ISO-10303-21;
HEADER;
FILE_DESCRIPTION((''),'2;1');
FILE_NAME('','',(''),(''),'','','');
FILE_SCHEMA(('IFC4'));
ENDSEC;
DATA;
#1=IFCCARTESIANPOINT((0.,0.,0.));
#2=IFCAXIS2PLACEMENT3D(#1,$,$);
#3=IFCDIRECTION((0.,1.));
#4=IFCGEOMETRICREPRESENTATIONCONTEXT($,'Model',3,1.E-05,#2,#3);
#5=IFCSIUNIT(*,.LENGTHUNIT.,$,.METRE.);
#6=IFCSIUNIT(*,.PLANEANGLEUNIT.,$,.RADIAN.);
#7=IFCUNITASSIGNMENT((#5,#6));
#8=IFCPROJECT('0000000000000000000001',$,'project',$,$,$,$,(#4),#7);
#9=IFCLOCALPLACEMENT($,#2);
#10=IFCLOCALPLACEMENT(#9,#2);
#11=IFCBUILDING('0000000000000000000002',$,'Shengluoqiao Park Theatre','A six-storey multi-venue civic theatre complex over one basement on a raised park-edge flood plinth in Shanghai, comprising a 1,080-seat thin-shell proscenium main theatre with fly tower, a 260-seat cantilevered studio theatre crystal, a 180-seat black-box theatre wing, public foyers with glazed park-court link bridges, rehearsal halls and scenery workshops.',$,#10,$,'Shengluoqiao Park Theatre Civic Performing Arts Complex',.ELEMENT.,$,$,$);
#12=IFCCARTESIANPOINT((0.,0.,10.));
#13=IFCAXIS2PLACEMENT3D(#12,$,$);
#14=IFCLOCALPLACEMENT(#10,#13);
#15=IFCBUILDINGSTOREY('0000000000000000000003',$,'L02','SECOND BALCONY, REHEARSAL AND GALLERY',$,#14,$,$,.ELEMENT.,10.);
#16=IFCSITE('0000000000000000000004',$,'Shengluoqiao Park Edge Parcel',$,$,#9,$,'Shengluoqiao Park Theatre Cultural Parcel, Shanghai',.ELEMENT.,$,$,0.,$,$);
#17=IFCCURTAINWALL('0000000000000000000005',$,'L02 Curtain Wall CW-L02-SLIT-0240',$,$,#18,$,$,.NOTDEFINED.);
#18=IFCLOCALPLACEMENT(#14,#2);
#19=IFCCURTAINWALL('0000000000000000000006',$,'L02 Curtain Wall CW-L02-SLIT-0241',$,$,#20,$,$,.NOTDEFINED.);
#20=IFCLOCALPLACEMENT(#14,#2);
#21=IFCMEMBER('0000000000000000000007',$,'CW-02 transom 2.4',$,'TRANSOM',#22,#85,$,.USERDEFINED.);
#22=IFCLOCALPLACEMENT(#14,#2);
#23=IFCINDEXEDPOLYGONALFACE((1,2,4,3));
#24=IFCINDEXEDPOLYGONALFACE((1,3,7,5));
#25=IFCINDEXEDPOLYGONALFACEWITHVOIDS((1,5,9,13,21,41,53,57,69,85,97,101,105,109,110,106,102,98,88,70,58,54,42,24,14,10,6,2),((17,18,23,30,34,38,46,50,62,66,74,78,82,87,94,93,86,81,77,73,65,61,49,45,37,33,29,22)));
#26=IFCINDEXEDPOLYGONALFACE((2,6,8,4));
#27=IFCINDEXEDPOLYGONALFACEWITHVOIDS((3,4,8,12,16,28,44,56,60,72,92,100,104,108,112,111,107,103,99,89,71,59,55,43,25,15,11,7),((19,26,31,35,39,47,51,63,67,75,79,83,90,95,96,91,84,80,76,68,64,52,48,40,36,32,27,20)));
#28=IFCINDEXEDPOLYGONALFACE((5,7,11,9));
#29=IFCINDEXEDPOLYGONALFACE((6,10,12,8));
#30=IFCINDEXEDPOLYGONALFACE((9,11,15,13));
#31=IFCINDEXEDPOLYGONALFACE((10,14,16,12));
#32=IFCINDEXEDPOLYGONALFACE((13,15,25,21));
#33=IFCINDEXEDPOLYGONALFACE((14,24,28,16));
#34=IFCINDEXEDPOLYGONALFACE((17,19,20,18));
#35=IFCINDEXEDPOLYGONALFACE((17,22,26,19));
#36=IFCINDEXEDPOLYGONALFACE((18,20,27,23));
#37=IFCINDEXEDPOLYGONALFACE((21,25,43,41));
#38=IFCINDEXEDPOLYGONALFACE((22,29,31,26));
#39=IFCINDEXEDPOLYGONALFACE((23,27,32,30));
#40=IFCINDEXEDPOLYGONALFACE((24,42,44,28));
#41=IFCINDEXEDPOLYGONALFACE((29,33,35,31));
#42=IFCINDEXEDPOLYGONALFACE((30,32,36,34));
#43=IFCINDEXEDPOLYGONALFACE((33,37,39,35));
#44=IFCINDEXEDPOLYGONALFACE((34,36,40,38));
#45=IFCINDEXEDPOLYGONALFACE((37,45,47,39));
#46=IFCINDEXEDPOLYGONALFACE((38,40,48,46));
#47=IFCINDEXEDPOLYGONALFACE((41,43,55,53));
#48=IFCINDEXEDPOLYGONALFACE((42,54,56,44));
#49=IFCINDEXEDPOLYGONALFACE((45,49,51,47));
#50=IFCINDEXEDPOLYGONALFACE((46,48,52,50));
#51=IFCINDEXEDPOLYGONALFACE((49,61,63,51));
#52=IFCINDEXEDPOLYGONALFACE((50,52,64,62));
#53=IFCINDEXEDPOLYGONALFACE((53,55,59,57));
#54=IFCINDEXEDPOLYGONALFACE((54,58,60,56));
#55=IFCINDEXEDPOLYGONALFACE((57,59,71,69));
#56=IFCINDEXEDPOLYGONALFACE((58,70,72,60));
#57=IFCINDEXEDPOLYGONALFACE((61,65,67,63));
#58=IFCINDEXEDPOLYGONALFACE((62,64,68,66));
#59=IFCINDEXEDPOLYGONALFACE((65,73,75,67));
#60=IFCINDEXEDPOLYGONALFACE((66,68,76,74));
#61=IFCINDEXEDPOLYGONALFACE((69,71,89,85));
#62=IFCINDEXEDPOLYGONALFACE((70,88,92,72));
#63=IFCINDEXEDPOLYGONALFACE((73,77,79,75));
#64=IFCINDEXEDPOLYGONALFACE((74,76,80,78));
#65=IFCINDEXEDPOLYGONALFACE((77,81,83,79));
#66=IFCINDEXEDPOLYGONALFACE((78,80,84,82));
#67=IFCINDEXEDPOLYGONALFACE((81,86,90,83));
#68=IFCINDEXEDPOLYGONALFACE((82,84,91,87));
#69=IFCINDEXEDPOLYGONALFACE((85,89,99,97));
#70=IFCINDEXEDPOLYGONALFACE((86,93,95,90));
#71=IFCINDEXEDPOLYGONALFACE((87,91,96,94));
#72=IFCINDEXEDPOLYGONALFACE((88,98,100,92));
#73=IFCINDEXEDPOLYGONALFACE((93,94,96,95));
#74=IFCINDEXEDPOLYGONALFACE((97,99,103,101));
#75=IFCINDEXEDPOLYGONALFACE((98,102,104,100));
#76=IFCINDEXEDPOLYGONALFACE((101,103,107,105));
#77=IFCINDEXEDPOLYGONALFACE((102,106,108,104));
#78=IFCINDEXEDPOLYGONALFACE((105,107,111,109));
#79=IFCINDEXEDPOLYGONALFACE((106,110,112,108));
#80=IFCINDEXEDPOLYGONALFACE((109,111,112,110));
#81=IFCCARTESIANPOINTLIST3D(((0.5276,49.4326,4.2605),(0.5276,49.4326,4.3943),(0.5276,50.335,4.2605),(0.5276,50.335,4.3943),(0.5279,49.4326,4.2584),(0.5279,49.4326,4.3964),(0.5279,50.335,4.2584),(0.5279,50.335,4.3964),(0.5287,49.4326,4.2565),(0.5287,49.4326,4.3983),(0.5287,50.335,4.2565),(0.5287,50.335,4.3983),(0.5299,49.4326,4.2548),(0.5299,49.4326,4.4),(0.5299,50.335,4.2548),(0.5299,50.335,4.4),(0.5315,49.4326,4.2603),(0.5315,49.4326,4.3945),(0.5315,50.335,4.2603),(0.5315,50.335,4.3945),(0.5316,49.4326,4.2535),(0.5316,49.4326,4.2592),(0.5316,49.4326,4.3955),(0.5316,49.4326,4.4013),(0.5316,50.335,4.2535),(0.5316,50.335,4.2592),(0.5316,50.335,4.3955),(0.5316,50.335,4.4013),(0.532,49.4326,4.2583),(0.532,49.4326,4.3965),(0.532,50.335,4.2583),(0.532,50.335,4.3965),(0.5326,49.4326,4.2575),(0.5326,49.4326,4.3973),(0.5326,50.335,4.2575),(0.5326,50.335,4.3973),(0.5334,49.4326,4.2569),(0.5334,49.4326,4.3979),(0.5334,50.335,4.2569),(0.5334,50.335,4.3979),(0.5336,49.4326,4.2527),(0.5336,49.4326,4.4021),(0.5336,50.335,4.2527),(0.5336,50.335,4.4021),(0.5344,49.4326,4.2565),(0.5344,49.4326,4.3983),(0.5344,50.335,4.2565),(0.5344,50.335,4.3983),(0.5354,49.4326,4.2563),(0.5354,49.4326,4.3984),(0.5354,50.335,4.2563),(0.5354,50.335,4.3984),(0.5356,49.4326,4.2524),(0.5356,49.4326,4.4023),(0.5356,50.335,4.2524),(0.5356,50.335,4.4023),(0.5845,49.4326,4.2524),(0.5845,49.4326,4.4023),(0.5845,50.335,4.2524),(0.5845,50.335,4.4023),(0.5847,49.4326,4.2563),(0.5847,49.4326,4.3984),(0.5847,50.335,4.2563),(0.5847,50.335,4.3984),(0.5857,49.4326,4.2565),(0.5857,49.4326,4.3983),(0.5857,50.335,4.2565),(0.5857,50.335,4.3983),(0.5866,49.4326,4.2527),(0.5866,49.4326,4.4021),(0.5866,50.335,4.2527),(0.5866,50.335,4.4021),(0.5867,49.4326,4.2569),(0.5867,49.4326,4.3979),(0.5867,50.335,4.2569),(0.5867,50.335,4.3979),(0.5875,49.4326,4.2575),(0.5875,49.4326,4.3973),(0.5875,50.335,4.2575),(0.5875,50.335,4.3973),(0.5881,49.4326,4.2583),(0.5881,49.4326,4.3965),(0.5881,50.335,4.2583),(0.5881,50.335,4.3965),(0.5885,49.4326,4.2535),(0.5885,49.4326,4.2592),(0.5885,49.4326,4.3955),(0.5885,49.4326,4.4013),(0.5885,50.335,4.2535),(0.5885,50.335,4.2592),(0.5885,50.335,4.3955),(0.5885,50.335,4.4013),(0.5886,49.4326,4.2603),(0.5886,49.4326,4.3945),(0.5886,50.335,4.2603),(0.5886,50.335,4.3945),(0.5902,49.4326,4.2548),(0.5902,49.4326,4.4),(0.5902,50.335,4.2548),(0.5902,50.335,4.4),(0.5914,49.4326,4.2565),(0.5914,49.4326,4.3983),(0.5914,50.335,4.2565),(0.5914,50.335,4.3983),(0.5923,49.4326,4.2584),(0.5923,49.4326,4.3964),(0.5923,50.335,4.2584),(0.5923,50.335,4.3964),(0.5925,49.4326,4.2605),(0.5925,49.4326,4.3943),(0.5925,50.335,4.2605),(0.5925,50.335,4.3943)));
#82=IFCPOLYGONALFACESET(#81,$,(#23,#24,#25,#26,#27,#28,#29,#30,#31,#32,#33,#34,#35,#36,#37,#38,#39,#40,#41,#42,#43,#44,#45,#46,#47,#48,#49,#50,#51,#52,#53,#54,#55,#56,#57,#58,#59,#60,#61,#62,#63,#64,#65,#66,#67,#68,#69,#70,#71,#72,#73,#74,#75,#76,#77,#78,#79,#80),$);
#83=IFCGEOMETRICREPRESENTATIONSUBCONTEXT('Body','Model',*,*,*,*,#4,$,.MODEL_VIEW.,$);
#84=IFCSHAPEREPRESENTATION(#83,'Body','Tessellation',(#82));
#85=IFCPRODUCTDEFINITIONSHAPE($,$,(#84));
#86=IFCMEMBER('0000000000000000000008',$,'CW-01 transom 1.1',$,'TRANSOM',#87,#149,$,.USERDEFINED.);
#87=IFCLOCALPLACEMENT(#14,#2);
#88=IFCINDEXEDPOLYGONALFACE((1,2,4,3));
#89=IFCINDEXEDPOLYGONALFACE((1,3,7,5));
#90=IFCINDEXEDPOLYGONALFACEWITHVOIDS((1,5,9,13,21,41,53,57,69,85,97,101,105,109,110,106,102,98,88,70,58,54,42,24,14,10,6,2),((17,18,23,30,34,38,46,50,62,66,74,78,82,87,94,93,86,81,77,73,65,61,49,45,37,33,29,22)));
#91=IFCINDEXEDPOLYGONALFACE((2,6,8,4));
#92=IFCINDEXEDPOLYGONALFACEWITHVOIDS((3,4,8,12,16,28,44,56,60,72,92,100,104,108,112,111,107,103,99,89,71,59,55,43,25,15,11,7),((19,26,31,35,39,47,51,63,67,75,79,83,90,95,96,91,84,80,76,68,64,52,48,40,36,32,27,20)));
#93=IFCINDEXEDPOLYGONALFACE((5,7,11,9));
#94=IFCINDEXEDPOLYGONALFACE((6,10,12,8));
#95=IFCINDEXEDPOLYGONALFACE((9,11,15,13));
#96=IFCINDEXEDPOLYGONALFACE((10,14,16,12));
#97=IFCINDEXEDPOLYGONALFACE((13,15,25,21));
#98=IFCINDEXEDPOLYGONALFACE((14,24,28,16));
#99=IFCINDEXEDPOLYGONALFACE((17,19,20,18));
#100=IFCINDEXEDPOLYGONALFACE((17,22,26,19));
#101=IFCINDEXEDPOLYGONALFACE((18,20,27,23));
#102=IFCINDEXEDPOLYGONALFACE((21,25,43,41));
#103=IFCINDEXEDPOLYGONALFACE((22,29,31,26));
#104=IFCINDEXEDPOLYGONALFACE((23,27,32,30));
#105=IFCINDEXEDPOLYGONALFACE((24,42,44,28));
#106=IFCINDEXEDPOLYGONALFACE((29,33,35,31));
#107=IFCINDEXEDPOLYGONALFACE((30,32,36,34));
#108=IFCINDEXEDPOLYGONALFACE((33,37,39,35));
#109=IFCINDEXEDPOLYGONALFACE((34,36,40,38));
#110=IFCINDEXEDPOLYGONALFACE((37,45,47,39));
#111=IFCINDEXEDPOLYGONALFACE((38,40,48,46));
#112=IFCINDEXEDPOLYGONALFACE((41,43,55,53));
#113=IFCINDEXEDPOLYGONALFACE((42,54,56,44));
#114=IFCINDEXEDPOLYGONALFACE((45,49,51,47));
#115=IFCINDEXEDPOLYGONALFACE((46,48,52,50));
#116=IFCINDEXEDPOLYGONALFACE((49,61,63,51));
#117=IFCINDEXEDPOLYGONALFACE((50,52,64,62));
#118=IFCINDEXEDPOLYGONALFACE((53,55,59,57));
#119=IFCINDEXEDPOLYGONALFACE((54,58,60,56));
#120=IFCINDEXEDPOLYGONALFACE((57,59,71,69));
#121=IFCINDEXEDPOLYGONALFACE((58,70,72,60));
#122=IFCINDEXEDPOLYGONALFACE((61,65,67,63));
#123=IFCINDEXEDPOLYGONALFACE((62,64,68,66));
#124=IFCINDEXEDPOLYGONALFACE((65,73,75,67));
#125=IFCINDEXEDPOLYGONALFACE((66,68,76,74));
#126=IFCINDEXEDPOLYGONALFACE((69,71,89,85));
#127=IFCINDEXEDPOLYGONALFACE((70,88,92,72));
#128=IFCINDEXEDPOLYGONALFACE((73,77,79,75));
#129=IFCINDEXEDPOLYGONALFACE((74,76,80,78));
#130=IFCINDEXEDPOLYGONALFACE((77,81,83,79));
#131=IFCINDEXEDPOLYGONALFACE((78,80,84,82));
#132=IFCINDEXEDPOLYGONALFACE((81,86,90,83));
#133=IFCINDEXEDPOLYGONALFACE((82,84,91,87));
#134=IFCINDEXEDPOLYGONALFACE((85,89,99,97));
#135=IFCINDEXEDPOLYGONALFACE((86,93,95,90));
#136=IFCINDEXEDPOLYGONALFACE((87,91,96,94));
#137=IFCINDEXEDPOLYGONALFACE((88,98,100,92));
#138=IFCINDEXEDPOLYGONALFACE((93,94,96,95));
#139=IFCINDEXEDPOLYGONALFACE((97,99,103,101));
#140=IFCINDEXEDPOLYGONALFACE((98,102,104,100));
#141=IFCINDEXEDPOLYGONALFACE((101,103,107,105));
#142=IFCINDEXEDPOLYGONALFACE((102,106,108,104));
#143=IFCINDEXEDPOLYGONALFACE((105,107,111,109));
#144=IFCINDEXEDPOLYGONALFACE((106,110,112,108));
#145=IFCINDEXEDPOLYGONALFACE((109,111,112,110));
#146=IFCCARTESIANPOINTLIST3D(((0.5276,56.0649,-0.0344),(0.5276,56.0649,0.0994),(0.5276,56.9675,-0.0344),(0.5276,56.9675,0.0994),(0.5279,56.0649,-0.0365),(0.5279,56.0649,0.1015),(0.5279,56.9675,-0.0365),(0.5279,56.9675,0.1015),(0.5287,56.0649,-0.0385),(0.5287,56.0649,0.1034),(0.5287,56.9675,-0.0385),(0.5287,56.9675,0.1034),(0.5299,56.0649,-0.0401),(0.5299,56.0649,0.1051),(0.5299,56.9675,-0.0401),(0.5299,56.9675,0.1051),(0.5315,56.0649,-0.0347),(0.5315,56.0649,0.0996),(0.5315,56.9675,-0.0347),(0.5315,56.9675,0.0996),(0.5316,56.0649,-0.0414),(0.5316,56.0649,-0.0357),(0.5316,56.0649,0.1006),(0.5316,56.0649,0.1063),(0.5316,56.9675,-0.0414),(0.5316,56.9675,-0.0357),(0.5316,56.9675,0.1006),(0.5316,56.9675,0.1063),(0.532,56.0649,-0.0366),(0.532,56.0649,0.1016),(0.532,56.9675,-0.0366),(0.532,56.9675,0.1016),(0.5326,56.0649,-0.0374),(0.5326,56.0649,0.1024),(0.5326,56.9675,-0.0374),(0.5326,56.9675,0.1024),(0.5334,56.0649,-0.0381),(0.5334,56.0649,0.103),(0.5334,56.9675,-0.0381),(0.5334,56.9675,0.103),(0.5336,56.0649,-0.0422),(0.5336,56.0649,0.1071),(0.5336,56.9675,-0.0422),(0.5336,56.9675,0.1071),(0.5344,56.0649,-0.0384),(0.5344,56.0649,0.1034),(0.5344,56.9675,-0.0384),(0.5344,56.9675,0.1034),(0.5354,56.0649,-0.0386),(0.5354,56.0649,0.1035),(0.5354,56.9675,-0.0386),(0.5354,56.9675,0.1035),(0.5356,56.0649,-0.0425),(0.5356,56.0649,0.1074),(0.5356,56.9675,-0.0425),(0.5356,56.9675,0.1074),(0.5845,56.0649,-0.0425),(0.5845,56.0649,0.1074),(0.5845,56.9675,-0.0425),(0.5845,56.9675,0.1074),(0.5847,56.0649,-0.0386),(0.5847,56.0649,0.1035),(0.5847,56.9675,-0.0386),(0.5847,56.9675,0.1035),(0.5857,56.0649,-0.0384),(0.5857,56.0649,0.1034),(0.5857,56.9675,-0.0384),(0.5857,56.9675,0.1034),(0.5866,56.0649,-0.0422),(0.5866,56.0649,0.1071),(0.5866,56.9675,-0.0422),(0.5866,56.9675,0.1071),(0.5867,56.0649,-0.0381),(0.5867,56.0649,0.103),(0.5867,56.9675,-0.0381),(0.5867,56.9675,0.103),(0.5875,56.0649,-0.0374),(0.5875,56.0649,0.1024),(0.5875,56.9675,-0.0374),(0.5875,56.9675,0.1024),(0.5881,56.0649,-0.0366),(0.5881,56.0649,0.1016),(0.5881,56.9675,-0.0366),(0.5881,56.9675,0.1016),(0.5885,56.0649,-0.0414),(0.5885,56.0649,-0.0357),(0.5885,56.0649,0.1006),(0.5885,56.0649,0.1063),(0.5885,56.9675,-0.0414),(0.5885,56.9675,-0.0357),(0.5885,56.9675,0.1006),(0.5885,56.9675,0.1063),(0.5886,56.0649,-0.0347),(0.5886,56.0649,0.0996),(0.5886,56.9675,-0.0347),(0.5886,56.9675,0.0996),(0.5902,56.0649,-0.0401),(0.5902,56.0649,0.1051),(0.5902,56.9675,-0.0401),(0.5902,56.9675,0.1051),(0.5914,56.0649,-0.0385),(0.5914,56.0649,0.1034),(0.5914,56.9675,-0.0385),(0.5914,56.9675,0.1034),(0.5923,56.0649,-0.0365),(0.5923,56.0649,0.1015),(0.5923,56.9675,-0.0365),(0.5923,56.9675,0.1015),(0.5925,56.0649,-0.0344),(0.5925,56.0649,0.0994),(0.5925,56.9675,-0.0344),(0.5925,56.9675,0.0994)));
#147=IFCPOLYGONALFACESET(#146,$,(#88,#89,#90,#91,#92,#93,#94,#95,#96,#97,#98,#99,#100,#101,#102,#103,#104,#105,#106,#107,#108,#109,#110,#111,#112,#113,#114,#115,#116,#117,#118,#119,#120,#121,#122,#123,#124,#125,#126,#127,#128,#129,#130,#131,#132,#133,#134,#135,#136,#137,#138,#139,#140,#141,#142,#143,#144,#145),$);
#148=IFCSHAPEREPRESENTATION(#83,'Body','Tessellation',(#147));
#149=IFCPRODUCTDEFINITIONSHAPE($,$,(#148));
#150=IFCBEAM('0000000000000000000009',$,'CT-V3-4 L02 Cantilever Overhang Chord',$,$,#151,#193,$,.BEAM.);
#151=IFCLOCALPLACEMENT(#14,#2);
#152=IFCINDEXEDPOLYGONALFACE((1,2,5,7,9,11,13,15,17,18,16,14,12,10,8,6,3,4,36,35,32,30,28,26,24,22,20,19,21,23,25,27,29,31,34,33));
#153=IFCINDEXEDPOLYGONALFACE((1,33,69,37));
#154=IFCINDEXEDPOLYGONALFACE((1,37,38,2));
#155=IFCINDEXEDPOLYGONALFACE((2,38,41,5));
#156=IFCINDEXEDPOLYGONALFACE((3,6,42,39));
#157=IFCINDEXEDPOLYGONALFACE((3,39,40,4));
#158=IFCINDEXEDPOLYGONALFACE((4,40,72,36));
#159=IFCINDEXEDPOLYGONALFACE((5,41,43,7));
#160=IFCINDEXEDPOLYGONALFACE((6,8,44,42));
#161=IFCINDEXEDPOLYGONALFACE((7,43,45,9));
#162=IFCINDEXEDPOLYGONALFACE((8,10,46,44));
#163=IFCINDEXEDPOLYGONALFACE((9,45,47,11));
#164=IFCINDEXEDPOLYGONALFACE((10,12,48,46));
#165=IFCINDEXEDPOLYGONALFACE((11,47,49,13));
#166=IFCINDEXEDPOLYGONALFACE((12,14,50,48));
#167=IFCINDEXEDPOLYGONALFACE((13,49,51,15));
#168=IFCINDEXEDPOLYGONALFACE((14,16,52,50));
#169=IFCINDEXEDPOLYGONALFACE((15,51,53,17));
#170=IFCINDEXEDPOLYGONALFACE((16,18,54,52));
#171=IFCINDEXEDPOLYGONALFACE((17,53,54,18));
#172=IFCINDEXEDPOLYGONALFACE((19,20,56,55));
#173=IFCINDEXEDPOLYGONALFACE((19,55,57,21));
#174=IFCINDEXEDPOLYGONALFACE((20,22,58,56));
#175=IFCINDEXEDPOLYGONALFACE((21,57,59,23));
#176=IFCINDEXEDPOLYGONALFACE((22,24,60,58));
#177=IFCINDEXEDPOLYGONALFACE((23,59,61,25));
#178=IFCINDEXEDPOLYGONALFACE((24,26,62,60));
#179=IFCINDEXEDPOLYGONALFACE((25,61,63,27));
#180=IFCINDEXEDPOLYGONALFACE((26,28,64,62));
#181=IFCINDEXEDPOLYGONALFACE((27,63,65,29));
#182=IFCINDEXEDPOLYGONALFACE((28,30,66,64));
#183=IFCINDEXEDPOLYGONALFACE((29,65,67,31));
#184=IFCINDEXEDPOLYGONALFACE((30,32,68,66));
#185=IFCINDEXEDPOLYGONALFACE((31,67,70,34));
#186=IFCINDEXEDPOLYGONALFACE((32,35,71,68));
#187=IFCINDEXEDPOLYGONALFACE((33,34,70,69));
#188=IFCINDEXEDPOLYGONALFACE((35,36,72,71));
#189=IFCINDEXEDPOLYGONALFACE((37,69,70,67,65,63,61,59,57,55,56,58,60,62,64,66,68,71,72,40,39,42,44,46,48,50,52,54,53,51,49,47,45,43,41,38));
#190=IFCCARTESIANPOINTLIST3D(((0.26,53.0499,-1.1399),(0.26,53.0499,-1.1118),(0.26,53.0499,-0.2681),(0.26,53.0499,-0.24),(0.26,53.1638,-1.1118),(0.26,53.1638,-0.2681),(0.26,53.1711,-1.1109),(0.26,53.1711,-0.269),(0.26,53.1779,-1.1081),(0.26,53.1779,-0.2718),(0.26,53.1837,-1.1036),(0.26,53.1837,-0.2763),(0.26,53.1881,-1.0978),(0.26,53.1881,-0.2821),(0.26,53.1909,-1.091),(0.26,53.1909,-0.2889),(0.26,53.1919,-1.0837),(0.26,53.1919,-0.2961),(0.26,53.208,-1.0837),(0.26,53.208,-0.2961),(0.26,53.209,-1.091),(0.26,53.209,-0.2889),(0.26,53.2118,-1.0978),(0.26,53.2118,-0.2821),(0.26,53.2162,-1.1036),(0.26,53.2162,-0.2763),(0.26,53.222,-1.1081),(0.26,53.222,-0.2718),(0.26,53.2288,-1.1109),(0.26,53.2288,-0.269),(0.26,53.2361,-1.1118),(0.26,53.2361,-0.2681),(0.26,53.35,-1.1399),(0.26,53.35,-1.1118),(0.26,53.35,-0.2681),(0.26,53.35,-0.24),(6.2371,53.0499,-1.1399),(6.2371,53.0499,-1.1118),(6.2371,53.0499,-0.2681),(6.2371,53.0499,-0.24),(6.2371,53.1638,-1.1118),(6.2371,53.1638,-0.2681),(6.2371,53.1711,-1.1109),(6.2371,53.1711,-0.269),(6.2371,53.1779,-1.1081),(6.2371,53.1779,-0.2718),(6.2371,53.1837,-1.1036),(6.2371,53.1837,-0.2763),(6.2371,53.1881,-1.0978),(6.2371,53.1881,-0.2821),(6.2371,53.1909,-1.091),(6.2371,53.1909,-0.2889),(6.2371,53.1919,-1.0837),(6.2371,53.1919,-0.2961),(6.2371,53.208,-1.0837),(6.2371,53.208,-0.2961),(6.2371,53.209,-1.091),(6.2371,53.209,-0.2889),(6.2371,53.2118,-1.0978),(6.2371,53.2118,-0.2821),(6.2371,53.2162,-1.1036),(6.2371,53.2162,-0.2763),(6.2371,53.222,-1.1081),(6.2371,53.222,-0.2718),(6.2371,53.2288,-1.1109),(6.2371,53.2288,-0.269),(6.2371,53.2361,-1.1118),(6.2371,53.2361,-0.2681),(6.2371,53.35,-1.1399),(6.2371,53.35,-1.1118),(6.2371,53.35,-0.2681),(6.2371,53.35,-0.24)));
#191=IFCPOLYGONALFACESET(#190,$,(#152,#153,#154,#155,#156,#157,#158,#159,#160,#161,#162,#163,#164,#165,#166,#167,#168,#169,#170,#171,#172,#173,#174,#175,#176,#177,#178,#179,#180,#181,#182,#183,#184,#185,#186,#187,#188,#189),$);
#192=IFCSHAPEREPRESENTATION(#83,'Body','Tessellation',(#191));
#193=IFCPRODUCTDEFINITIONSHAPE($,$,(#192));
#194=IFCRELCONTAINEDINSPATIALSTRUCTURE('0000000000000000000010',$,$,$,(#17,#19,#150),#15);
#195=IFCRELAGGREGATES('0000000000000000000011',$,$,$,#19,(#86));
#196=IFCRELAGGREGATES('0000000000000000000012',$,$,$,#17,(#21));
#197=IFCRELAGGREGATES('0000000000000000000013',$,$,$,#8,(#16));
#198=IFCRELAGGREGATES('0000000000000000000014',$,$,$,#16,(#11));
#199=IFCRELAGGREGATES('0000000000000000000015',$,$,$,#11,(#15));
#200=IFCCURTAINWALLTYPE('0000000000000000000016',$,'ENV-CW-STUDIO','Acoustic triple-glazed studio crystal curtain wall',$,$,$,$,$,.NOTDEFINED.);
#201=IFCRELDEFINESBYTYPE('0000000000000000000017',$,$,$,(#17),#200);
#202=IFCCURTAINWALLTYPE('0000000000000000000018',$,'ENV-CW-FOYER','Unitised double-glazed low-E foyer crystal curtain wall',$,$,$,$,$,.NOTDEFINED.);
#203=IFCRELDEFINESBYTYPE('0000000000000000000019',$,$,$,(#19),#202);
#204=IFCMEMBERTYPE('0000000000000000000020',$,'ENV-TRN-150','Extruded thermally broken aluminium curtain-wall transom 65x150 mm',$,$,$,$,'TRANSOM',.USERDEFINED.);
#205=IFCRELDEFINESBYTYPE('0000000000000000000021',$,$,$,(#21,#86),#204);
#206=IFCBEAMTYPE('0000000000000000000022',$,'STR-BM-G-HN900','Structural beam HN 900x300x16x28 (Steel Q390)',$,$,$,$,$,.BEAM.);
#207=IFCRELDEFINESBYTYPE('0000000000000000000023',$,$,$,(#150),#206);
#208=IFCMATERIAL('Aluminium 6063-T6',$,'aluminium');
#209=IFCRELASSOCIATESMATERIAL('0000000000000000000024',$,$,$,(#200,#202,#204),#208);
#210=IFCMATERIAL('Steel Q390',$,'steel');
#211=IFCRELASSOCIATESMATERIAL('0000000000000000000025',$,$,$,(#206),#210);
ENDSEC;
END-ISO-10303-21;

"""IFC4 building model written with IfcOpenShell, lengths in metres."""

from ifc_helpers import new_model, si_unit, direction, frame, origin, origin_2d, place, context, subcontext, project, spatial, hollow_rectangle, i_section, extrude, material, material_profile, profile_set, type_object, element, aggregate, save


model = new_model("IFC4")

# Units and contexts
model_context = context("Model", 3, precision=1e-05, world=origin(), true_north=direction((0.0, 1.0)))
body_context = subcontext(model_context, "Body", "Model", "MODEL_VIEW")
ifc_project = project(units=[si_unit("LENGTHUNIT", "METRE"), si_unit("PLANEANGLEUNIT", "RADIAN")], contexts=[model_context])

# Site, building, storey
site_placement = place(None, origin())
site = spatial("IfcSite", under=ifc_project, at=site_placement, Name="Shengluoqiao Park Edge Parcel", LongName="Shengluoqiao Park Theatre Cultural Parcel, Shanghai", CompositionType="ELEMENT", RefElevation=0.0)
building_placement = place(site_placement, origin())
building = spatial("IfcBuilding", under=site, at=building_placement, Name="Shengluoqiao Park Theatre", Description="A six-storey multi-venue civic theatre complex over one basement on a raised park-edge flood plinth in Shanghai, comprising a 1,080-seat thin-shell proscenium main theatre with fly tower, a 260-seat cantilevered studio theatre crystal, a 180-seat black-box theatre wing, public foyers with glazed park-court link bridges, rehearsal halls and scenery workshops.", LongName="Shengluoqiao Park Theatre Civic Performing Arts Complex", CompositionType="ELEMENT")
storey_placement = place(building_placement, frame((0.0, 0.0, 10.0)))
storey = spatial("IfcBuildingStorey", under=building, at=storey_placement, Name="L02", Description="SECOND BALCONY, REHEARSAL AND GALLERY", CompositionType="ELEMENT", Elevation=10.0)

# Curtain wall
ifc_material_1 = material(Name="Aluminium 6063-T6", Category="aluminium")
curtain_wall_type_1 = type_object("IfcCurtainWallType", Name="ENV-CW-STUDIO", Description="Acoustic triple-glazed studio crystal curtain wall", PredefinedType="NOTDEFINED", material=ifc_material_1)
curtain_wall_1_placement = place(storey_placement, origin())
curtain_wall_1 = element("IfcCurtainWall", 1, at=curtain_wall_1_placement, inside=storey, type_object=curtain_wall_type_1, Name="L02 Curtain Wall CW-L02-SLIT-0240", PredefinedType="NOTDEFINED")

# Curtain wall
curtain_wall_type_2 = type_object("IfcCurtainWallType", Name="ENV-CW-FOYER", Description="Unitised double-glazed low-E foyer crystal curtain wall", PredefinedType="NOTDEFINED", material=ifc_material_1)
curtain_wall_2_placement = place(storey_placement, origin())
curtain_wall_2 = element("IfcCurtainWall", 2, at=curtain_wall_2_placement, inside=storey, type_object=curtain_wall_type_2, Name="L02 Curtain Wall CW-L02-SLIT-0241", PredefinedType="NOTDEFINED")

# Members
ifc_material_profile_1 = material_profile(ifc_material_1, hollow_rectangle(XDim=0.0649, YDim=0.1499, WallThickness=0.0039, InnerFilletRadius=0.0039, OuterFilletRadius=0.0081, at=origin_2d()), Name="ALU TRANSOM 150x65x4")
ifc_profile_set_1 = profile_set([ifc_material_profile_1], Name="Aluminium 6063-T6")
member_type_1 = type_object("IfcMemberType", Name="ENV-TRN-150", Description="Extruded thermally broken aluminium curtain-wall transom 65x150 mm", ElementType="TRANSOM", PredefinedType="USERDEFINED", material=ifc_profile_set_1)
member_1_placement = place(storey_placement, frame((0.5601, 49.4326, 4.3274), z_axis=(0.0, 1.0, 0.0), x_axis=(-1.0, 0.0, 0.0)))
member_1 = element("IfcMember", 3, at=member_1_placement, type_object=member_type_1, Name="CW-02 transom 2.4", ObjectType="TRANSOM", PredefinedType="USERDEFINED", context=body_context, shape_type="SweptSolid", body=[
    extrude(hollow_rectangle(XDim=0.0649, YDim=0.1499, WallThickness=0.0039, InnerFilletRadius=0.0039, OuterFilletRadius=0.0081, at=origin_2d()), origin(), (0.0, 0.0, 1.0), 0.9023),
])
member_2_placement = place(storey_placement, frame((0.5601, 56.0649, 0.0325), z_axis=(0.0, 1.0, 0.0), x_axis=(-1.0, 0.0, 0.0)))
member_2 = element("IfcMember", 4, at=member_2_placement, type_object=member_type_1, Name="CW-01 transom 1.1", ObjectType="TRANSOM", PredefinedType="USERDEFINED", context=body_context, shape_type="SweptSolid", body=[
    extrude(hollow_rectangle(XDim=0.0649, YDim=0.1499, WallThickness=0.0039, InnerFilletRadius=0.0039, OuterFilletRadius=0.0081, at=origin_2d()), origin(), (0.0, 0.0, 1.0), 0.9026),
])
aggregate(curtain_wall_2, [member_2])

# Beam
ifc_material_2 = material(Name="Steel Q390", Category="steel")
ifc_material_profile_2 = material_profile(ifc_material_2, i_section(OverallWidth=0.3, OverallDepth=0.8999, WebThickness=0.0161, FlangeThickness=0.0281, FilletRadius=0.0281, at=origin_2d()), Name="HN 900x300x16x28")
ifc_profile_set_2 = profile_set([ifc_material_profile_2], Name="Steel Q390")
beam_type_1 = type_object("IfcBeamType", Name="STR-BM-G-HN900", Description="Structural beam HN 900x300x16x28 (Steel Q390)", PredefinedType="BEAM", material=ifc_profile_set_2)
beam_1_placement = place(storey_placement, frame((0.26, 53.2, -0.6899), z_axis=(1.0, 0.0, 0.0), x_axis=(0.0, 1.0, 0.0)))
element("IfcBeam", 5, at=beam_1_placement, inside=storey, type_object=beam_type_1, Name="CT-V3-4 L02 Cantilever Overhang Chord", PredefinedType="BEAM", context=body_context, shape_type="SweptSolid", body=[
    extrude(i_section(OverallWidth=0.3, OverallDepth=0.8999, WebThickness=0.0161, FlangeThickness=0.0281, FilletRadius=0.0281, at=origin_2d()), origin(), (0.0, 0.0, 1.0), 5.9771),
])

aggregate(curtain_wall_1, [member_1])

save(model, "model.ifc")
